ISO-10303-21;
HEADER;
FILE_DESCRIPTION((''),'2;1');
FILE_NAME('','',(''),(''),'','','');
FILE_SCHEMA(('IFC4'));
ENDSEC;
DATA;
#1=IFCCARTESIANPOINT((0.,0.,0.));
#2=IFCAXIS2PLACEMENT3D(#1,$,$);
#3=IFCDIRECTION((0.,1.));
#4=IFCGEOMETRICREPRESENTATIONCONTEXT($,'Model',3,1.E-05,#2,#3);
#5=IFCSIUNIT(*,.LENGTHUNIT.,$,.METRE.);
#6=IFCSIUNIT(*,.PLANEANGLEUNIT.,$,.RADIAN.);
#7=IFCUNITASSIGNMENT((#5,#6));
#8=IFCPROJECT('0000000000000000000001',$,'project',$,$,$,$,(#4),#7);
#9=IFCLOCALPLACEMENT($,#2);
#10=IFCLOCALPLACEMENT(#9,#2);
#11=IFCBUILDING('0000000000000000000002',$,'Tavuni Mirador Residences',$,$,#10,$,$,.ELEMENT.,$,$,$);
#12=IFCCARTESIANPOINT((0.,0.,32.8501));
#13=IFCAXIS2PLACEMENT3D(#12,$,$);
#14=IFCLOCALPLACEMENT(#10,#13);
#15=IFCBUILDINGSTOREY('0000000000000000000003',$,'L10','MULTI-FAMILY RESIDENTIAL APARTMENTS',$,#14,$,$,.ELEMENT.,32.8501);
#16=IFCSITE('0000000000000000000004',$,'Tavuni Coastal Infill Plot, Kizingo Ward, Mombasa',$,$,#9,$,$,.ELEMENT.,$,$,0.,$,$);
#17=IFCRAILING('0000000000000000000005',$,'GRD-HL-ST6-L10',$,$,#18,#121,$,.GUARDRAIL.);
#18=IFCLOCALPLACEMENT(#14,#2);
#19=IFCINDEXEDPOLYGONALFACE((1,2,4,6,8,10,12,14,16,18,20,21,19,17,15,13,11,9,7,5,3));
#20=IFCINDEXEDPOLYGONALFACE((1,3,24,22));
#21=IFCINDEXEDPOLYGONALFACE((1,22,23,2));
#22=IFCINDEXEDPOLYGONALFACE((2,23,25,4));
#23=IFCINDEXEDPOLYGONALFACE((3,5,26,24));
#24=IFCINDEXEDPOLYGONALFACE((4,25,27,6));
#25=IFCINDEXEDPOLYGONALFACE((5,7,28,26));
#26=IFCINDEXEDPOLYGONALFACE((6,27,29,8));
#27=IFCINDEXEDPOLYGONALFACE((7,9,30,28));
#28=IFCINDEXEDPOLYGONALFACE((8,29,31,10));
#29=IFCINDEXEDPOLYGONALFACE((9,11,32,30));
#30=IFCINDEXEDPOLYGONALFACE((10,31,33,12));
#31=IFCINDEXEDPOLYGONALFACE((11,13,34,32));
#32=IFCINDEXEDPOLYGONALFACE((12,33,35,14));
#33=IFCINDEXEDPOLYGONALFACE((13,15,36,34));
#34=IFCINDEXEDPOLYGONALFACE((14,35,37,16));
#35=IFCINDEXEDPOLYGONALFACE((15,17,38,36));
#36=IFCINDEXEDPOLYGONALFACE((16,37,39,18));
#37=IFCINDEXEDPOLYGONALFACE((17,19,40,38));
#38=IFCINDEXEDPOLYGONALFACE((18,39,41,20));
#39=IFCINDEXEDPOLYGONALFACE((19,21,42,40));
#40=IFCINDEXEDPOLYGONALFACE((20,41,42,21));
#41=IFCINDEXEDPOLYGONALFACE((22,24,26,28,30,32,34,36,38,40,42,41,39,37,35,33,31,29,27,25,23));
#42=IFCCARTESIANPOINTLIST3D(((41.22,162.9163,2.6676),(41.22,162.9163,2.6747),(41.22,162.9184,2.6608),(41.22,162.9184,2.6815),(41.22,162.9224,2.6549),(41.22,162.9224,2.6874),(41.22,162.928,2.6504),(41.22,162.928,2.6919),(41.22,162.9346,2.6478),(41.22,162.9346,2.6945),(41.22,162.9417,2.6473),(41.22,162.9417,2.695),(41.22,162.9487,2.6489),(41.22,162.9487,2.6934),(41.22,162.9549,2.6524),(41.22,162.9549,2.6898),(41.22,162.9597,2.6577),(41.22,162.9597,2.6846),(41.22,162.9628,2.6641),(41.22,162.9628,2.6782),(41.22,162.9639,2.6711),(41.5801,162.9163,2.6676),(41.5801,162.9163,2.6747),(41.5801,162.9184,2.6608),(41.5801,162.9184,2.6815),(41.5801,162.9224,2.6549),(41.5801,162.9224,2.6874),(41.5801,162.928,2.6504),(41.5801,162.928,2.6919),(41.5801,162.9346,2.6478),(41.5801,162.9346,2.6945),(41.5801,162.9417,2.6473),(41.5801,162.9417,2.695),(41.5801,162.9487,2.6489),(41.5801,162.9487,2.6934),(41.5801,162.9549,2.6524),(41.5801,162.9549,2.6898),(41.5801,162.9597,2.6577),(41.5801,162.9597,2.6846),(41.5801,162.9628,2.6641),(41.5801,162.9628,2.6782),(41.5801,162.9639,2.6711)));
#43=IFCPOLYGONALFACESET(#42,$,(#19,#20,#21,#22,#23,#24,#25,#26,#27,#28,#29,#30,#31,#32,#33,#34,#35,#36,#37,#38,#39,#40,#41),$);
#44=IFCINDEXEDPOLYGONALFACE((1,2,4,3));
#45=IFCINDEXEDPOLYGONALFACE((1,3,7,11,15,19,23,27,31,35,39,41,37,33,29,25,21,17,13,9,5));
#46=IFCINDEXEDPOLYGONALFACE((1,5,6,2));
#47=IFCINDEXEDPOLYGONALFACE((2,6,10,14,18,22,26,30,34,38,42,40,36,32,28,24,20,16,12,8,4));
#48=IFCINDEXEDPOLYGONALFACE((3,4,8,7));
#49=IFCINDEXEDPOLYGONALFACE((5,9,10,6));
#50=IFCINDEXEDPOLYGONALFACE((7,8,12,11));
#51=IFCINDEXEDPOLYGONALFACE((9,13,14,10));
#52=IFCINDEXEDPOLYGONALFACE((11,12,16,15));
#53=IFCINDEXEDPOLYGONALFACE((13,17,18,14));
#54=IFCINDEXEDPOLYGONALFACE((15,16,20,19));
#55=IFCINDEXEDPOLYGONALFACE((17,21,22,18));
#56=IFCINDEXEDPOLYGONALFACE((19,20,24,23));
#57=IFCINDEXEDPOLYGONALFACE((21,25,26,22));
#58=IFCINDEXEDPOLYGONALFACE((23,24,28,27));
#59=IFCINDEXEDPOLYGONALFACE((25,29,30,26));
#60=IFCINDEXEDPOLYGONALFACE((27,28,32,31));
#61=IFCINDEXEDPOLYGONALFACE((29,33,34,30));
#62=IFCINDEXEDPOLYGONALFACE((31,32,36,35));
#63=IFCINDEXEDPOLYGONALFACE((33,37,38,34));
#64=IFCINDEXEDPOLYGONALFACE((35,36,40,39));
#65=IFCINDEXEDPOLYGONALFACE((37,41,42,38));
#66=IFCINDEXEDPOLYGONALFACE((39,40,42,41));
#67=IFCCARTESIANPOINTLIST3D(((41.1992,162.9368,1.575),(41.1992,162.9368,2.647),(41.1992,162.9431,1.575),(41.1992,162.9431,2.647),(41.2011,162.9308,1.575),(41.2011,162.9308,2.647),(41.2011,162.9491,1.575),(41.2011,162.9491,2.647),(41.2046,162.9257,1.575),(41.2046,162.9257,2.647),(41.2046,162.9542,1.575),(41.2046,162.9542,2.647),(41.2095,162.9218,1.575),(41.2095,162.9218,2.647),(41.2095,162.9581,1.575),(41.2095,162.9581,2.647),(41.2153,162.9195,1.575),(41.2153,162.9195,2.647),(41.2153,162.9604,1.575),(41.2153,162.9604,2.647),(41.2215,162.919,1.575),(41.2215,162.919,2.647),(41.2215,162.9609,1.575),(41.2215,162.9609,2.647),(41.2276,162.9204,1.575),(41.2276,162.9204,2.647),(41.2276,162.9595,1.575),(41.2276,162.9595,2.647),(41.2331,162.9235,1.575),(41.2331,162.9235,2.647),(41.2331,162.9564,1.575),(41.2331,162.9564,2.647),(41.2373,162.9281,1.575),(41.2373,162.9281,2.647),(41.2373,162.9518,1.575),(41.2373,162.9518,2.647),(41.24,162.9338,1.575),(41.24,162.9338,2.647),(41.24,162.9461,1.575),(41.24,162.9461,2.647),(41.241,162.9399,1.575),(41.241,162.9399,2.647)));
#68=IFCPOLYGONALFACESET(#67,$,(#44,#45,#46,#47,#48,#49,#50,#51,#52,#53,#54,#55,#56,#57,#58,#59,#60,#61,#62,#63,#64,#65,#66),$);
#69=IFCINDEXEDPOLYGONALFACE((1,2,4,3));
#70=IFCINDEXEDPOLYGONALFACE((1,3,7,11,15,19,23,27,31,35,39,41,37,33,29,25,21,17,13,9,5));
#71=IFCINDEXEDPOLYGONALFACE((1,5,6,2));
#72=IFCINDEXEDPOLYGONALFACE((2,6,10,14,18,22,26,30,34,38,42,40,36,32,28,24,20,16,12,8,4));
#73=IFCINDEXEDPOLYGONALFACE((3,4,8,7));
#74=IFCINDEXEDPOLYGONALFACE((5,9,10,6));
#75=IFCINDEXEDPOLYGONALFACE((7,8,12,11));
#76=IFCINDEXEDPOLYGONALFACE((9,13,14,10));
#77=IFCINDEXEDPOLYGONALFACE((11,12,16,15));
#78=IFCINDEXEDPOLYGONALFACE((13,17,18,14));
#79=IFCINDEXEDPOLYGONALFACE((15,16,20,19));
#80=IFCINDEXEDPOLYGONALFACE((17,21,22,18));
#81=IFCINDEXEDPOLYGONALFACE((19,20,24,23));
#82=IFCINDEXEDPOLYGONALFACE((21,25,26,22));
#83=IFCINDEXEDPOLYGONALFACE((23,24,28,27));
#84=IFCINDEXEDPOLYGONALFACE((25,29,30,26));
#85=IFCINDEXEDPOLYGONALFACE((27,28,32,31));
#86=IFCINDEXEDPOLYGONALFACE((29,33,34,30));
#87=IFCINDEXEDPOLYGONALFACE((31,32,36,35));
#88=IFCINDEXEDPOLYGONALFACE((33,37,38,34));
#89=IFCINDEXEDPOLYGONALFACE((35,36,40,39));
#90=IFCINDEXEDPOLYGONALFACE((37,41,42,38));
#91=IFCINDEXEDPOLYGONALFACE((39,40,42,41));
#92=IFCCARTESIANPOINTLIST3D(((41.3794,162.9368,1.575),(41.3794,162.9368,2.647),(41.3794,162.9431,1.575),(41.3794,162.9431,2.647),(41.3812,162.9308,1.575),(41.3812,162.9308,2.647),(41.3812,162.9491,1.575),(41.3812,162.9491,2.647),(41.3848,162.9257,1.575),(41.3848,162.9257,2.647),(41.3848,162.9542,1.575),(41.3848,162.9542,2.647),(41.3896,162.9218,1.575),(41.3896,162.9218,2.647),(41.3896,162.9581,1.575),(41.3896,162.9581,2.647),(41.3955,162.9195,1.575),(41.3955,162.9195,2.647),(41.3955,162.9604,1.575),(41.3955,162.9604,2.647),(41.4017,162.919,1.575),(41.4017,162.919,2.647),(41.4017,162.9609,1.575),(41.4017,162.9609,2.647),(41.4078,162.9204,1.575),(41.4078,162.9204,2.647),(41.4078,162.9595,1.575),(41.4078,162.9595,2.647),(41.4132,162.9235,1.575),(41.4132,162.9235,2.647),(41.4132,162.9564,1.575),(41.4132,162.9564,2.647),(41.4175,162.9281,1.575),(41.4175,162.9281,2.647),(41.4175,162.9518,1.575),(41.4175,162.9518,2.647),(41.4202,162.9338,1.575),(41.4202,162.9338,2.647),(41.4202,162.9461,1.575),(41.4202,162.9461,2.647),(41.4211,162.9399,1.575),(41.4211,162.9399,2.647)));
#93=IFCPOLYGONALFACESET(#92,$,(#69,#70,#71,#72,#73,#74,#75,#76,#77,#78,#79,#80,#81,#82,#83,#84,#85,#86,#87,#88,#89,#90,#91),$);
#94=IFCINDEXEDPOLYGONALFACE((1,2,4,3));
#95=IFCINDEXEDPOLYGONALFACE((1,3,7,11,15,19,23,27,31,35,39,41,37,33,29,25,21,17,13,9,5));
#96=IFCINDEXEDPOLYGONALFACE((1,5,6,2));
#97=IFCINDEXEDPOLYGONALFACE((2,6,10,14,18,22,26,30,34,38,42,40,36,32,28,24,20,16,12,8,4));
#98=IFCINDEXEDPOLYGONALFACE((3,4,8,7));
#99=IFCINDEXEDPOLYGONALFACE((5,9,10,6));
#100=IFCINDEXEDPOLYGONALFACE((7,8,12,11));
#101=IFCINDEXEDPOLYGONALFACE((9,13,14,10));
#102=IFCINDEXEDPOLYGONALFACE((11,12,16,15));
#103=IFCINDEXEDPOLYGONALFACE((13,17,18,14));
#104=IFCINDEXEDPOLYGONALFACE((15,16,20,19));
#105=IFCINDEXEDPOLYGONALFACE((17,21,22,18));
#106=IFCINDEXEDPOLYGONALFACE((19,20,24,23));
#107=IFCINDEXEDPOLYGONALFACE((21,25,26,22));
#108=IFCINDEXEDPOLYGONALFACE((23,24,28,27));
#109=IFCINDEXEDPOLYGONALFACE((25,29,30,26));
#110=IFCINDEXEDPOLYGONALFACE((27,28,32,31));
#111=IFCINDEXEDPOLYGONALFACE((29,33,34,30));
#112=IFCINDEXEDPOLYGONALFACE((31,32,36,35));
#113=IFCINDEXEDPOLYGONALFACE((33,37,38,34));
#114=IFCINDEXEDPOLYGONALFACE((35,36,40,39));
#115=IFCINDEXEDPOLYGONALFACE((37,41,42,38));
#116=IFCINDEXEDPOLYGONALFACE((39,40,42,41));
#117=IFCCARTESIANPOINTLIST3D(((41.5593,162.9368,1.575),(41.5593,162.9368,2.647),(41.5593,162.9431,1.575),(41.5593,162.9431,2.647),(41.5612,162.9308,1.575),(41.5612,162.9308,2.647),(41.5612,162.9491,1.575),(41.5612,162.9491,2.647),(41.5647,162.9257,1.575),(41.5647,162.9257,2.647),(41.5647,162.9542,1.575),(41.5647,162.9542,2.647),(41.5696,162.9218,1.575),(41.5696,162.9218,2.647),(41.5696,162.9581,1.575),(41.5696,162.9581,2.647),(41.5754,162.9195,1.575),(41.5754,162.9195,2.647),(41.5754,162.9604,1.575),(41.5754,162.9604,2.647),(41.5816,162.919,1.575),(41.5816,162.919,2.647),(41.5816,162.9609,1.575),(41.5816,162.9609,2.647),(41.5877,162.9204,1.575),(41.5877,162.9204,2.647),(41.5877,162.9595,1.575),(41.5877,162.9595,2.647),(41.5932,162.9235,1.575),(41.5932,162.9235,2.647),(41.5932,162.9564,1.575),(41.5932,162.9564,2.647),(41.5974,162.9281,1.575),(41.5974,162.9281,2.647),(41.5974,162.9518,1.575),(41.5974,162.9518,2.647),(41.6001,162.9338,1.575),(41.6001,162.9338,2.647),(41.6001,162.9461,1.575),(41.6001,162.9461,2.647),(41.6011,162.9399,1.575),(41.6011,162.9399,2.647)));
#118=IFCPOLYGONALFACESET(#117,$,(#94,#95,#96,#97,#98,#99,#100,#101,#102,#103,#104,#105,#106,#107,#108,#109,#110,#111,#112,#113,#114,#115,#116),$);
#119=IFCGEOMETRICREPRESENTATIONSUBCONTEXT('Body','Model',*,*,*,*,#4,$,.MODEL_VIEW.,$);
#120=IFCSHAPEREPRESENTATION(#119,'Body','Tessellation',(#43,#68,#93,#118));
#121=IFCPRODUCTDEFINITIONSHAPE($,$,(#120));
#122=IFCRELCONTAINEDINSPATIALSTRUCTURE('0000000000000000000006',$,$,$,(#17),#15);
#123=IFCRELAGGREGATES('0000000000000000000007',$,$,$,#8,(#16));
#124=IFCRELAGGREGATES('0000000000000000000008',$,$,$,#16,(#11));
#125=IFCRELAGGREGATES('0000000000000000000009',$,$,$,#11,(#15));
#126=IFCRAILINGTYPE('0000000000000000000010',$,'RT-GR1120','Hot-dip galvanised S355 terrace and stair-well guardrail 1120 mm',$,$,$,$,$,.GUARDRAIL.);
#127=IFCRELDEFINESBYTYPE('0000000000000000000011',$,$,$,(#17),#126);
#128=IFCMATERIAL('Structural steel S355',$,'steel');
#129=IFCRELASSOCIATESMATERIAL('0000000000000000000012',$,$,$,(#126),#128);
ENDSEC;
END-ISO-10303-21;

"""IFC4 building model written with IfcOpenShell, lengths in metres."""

from ifc_helpers import new_model, si_unit, direction, frame, origin, origin_2d, place, context, subcontext, project, spatial, circle, extrude, material, type_object, element, save


model = new_model("IFC4")

# Units and contexts
model_context = context("Model", 3, precision=1e-05, world=origin(), true_north=direction((0.0, 1.0)))
body_context = subcontext(model_context, "Body", "Model", "MODEL_VIEW")
ifc_project = project(units=[si_unit("LENGTHUNIT", "METRE"), si_unit("PLANEANGLEUNIT", "RADIAN")], contexts=[model_context])

# Site, building, storey
site_placement = place(None, origin())
site = spatial("IfcSite", under=ifc_project, at=site_placement, Name="Tavuni Coastal Infill Plot, Kizingo Ward, Mombasa", CompositionType="ELEMENT", RefElevation=0.0)
building_placement = place(site_placement, origin())
building = spatial("IfcBuilding", under=site, at=building_placement, Name="Tavuni Mirador Residences", CompositionType="ELEMENT")
storey_placement = place(building_placement, frame((0.0, 0.0, 32.8501)))
storey = spatial("IfcBuildingStorey", under=building, at=storey_placement, Name="L10", Description="MULTI-FAMILY RESIDENTIAL APARTMENTS", CompositionType="ELEMENT", Elevation=32.8501)

# Shared definitions
ifc_material_1 = material(Name="Structural steel S355", Category="steel")

# Railing
railing_type_1 = type_object("IfcRailingType", Name="RT-GR1120", Description="Hot-dip galvanised S355 terrace and stair-well guardrail 1120 mm", PredefinedType="GUARDRAIL", material=ifc_material_1)
railing_1_placement = place(storey_placement, frame((41.22, 162.9399, 1.575)))
element("IfcRailing", 1, at=railing_1_placement, inside=storey, type_object=railing_type_1, Name="GRD-HL-ST6-L10", PredefinedType="GUARDRAIL", context=body_context, shape_type="SweptSolid", body=[
    extrude(circle(Radius=0.0239, at=origin_2d()), frame((0.0, 0.0, 1.0962), z_axis=(1.0, 0.0, 0.0), x_axis=(0.0, 1.0, 0.0)), (0.0, 0.0, 1.0), 0.3601),
    extrude(circle(Radius=0.021, at=origin_2d()), origin(), (0.0, 0.0, 1.0), 1.072),
    extrude(circle(Radius=0.021, at=origin_2d()), frame((0.1802, 0.0, 0.0)), (0.0, 0.0, 1.0), 1.072),
    extrude(circle(Radius=0.021, at=origin_2d()), frame((0.3601, 0.0, 0.0)), (0.0, 0.0, 1.0), 1.072),
])

save(model, "model.ifc")
